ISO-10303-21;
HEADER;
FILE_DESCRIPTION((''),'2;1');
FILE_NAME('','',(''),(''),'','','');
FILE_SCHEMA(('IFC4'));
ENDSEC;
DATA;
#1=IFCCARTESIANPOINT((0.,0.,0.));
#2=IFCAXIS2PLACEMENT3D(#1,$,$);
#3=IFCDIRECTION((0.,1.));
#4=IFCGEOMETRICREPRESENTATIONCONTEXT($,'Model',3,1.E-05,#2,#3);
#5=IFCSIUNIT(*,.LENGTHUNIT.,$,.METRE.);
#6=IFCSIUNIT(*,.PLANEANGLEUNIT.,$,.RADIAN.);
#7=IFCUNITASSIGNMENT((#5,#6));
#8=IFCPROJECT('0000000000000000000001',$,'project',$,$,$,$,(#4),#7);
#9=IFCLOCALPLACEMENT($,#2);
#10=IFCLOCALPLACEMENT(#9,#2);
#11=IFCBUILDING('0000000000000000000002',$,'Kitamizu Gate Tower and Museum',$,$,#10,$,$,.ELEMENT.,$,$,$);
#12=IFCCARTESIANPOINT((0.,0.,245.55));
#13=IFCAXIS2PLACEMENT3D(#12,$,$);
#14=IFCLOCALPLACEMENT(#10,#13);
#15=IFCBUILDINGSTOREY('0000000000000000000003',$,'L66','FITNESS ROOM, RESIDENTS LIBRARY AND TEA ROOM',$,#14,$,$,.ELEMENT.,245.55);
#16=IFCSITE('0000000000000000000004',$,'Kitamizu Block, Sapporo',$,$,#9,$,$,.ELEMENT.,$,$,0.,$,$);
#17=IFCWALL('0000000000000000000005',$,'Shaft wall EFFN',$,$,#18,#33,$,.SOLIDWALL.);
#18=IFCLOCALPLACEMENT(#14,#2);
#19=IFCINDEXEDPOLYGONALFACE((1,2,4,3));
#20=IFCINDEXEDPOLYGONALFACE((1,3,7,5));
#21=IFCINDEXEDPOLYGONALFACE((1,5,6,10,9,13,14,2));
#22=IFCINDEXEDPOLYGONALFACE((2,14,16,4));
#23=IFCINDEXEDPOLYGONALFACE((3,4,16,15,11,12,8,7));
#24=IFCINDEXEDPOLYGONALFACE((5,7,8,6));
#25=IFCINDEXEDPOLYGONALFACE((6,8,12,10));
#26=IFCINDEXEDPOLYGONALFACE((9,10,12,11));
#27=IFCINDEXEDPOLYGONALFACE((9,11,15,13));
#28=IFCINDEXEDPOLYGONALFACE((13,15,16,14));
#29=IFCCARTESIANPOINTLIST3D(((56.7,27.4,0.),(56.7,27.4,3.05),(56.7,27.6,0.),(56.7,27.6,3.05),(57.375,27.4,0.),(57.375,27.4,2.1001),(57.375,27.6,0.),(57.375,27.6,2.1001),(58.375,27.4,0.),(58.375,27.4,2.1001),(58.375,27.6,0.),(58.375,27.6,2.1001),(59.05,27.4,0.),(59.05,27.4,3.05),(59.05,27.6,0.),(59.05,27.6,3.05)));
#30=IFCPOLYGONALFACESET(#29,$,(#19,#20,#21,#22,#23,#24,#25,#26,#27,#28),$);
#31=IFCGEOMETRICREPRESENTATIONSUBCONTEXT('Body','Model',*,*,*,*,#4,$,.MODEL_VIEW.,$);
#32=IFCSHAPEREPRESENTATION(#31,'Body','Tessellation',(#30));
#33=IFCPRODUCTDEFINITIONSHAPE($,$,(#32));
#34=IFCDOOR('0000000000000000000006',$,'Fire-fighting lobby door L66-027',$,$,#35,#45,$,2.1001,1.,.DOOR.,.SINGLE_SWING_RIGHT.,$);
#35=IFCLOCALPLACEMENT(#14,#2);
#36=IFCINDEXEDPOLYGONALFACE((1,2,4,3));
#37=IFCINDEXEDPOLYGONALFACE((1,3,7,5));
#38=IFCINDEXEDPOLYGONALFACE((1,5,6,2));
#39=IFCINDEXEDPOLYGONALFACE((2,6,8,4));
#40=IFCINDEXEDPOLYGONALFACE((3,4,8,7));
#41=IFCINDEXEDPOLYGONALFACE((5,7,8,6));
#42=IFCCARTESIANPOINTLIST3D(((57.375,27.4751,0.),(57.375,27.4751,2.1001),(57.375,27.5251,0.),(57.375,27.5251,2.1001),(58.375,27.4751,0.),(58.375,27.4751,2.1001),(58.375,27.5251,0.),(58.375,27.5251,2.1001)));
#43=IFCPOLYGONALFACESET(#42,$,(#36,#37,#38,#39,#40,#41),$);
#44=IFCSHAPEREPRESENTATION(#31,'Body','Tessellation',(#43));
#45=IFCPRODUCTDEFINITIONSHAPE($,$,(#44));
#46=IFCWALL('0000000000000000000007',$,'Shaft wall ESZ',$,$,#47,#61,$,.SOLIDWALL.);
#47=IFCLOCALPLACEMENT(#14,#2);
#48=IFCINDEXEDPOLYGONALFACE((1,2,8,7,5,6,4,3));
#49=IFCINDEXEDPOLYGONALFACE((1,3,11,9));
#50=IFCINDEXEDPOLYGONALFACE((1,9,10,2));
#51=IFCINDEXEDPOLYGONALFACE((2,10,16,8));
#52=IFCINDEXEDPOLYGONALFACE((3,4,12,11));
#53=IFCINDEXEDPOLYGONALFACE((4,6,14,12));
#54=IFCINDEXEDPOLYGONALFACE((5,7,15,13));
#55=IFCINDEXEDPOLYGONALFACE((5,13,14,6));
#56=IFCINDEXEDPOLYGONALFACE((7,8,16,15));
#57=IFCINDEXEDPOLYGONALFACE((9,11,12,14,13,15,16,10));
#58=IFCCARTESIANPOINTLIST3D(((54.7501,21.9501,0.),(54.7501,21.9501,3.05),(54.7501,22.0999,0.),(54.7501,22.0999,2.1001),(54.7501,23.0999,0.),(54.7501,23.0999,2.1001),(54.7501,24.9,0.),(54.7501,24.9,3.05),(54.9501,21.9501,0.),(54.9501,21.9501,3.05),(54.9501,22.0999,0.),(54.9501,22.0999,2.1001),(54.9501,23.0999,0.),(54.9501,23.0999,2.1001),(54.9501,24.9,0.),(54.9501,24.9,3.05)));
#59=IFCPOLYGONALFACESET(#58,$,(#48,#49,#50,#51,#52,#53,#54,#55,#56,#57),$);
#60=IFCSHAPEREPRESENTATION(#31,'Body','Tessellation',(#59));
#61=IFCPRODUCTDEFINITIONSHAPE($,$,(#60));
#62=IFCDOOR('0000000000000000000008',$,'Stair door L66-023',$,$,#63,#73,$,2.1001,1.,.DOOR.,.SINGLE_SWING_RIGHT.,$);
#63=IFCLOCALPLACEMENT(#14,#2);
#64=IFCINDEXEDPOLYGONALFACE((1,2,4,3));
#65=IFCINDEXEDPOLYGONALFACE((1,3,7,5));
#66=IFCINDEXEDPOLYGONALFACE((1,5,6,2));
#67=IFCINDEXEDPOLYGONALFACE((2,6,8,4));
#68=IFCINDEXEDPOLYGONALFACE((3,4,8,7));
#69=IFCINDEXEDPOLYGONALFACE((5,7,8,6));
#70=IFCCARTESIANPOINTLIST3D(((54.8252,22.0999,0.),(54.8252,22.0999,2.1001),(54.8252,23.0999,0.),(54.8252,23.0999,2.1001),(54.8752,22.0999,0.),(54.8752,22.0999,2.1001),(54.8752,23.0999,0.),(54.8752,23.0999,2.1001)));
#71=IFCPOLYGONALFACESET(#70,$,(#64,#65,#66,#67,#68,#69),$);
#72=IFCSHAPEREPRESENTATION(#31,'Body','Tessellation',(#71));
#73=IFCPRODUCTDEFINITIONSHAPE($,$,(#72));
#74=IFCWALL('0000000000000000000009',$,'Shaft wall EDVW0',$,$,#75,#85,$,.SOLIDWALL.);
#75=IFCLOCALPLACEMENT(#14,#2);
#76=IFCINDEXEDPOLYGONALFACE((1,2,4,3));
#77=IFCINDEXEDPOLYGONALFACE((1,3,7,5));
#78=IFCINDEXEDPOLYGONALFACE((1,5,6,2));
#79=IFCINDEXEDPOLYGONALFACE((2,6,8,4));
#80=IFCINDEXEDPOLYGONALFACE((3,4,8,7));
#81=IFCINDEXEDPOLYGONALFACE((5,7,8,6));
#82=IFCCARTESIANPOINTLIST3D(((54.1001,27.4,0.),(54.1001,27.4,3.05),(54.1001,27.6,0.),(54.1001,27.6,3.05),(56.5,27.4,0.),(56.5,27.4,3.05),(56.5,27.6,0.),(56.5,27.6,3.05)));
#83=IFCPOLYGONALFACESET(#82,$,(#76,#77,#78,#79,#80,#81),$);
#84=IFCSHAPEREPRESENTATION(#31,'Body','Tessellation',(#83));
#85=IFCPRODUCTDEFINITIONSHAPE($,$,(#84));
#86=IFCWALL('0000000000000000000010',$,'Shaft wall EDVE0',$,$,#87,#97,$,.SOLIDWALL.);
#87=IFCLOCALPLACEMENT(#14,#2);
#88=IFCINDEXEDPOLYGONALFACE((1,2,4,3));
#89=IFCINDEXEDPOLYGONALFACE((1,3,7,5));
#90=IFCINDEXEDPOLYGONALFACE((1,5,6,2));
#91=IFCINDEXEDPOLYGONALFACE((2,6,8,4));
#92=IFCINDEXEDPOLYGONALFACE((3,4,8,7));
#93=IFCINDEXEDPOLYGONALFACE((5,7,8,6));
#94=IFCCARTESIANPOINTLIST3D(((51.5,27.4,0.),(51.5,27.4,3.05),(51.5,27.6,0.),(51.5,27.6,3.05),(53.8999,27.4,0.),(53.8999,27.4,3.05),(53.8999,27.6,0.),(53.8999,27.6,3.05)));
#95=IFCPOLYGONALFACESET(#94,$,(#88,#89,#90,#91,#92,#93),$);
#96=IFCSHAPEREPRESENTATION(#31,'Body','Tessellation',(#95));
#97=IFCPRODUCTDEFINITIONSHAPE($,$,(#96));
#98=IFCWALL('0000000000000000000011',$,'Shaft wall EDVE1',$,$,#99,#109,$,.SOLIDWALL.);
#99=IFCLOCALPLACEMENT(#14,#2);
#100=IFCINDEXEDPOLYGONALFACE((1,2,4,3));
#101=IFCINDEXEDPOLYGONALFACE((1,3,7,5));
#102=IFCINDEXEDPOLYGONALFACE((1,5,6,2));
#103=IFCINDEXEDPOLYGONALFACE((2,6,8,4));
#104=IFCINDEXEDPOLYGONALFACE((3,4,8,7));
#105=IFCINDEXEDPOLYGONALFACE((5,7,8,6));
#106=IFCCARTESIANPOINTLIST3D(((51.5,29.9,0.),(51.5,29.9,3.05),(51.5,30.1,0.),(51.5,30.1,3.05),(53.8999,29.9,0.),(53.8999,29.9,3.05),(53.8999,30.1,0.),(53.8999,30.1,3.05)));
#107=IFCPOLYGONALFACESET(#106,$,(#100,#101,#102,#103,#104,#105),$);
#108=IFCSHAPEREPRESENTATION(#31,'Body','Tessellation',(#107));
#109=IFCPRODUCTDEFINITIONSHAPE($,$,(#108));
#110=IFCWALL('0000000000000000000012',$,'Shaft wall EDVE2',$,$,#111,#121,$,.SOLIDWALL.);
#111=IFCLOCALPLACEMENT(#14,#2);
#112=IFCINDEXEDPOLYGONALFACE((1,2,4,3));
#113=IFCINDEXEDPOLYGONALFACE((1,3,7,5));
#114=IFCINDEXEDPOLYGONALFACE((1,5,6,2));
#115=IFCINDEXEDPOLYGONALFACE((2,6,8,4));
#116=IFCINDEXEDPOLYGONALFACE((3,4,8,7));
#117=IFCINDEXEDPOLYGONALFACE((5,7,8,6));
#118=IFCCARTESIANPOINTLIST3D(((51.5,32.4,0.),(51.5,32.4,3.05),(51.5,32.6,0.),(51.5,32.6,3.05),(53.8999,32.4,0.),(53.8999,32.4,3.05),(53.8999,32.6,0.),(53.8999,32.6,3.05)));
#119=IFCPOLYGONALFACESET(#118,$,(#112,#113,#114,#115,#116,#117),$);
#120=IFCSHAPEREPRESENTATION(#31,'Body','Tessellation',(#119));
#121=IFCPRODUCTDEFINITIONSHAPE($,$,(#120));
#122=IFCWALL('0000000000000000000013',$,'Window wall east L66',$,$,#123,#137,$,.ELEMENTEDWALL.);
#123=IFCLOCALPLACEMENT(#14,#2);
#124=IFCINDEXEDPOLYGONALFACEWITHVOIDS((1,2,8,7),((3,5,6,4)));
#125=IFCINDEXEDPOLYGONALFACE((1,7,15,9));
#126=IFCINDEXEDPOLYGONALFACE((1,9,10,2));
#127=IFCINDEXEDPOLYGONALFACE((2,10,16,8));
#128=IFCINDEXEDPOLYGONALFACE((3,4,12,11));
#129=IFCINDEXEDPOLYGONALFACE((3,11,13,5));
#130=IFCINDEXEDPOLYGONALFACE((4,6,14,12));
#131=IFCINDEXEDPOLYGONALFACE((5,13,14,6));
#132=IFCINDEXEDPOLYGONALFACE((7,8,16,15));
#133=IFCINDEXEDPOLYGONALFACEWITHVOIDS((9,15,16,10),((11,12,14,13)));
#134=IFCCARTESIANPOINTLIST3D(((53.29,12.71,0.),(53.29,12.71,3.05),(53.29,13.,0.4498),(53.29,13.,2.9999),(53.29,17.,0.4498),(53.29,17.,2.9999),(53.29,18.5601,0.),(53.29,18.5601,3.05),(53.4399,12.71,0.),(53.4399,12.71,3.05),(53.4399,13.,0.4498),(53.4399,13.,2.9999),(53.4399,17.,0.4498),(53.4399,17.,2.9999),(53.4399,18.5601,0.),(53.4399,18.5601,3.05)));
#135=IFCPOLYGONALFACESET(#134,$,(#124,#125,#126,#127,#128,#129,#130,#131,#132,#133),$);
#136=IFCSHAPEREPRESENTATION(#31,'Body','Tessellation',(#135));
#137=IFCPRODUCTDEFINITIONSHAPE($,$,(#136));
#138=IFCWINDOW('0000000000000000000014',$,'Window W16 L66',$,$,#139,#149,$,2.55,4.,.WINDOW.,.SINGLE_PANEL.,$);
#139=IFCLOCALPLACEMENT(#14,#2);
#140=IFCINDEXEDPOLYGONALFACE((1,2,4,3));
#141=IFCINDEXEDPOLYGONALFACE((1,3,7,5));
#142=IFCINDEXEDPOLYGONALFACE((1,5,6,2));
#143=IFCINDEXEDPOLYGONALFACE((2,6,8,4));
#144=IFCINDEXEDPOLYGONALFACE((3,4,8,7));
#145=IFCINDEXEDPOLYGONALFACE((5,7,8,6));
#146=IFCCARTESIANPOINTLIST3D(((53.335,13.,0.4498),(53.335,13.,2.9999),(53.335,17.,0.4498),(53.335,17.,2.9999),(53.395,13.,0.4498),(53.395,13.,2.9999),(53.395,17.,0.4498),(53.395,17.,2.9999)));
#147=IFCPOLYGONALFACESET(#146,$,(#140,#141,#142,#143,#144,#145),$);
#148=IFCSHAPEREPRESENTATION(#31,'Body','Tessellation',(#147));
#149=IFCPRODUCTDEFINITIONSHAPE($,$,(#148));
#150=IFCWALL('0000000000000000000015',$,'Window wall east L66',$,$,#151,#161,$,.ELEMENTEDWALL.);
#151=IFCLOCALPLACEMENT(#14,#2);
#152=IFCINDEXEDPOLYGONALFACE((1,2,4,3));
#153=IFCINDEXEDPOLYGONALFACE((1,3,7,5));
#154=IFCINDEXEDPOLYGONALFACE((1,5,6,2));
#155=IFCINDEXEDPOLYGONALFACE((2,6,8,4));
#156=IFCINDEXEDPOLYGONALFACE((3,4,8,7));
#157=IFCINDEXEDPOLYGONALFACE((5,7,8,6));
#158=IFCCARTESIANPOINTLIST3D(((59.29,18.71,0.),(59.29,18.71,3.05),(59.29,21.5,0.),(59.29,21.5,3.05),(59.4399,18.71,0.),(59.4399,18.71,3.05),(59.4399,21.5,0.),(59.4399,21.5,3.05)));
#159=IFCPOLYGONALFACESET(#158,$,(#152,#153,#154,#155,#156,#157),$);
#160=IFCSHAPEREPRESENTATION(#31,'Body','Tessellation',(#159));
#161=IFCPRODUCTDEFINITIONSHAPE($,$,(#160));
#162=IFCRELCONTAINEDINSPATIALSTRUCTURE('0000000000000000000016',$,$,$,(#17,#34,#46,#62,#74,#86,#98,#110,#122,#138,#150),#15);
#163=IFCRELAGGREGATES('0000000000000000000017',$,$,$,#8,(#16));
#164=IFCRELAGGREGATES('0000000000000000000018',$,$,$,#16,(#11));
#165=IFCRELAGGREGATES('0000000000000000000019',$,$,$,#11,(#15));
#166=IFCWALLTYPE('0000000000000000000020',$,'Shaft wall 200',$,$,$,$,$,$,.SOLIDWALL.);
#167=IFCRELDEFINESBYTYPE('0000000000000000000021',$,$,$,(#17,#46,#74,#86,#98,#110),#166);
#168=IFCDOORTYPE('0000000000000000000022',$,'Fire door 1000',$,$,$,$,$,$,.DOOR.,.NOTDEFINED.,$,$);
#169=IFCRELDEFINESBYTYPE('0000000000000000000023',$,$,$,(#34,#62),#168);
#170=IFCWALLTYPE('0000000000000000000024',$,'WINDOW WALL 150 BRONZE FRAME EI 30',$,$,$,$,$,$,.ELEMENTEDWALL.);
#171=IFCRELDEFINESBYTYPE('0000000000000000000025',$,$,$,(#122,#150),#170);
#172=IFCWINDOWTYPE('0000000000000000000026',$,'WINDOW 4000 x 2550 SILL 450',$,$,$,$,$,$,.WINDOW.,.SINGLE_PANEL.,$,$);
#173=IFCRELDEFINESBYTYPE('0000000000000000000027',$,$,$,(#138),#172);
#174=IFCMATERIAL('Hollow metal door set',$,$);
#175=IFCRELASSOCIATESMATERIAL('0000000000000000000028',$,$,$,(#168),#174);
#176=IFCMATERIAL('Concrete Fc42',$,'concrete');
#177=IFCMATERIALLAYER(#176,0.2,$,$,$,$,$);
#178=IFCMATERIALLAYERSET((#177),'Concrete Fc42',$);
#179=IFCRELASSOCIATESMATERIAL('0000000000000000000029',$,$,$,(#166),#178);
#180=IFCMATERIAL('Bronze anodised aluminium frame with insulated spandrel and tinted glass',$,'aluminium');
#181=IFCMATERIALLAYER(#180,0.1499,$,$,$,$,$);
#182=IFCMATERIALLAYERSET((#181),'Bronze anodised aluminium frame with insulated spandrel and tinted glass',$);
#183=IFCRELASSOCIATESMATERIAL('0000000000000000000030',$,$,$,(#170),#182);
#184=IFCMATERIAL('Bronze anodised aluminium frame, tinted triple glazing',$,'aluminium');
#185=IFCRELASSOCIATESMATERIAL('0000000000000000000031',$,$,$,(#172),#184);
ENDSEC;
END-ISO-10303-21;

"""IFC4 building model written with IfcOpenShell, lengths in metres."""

from ifc_helpers import new_model, si_unit, direction, frame, frame_2d, origin, place, context, subcontext, project, spatial, rectangle, extrude, material, layer, layer_set, type_object, element, fill, save


model = new_model("IFC4")

# Units and contexts
model_context = context("Model", 3, precision=1e-05, world=origin(), true_north=direction((0.0, 1.0)))
body_context = subcontext(model_context, "Body", "Model", "MODEL_VIEW")
ifc_project = project(units=[si_unit("LENGTHUNIT", "METRE"), si_unit("PLANEANGLEUNIT", "RADIAN")], contexts=[model_context])

# Site, building, storey
site_placement = place(None, origin())
site = spatial("IfcSite", under=ifc_project, at=site_placement, Name="Kitamizu Block, Sapporo", CompositionType="ELEMENT", RefElevation=0.0)
building_placement = place(site_placement, origin())
building = spatial("IfcBuilding", under=site, at=building_placement, Name="Kitamizu Gate Tower and Museum", CompositionType="ELEMENT")
storey_placement = place(building_placement, frame((0.0, 0.0, 245.55)))
storey = spatial("IfcBuildingStorey", under=building, at=storey_placement, Name="L66", Description="FITNESS ROOM, RESIDENTS LIBRARY AND TEA ROOM", CompositionType="ELEMENT", Elevation=245.55)

# Shared definitions
ifc_material_1 = material(Name="Hollow metal door set")
door_type_1 = type_object("IfcDoorType", Name="Fire door 1000", OperationType="NOTDEFINED", PredefinedType="DOOR", material=ifc_material_1)

# Shared definitions
ifc_material_2 = material(Name="Concrete Fc42", Category="concrete")
ifc_layer_1 = layer(ifc_material_2, 0.2)
ifc_layer_set_1 = layer_set([ifc_layer_1], Name="Concrete Fc42")
wall_type_1 = type_object("IfcWallType", Name="Shaft wall 200", PredefinedType="SOLIDWALL", material=ifc_layer_set_1)

# Walls, openings, doors
wall_1_placement = place(storey_placement, frame((59.05, 27.5, 0.0), z_axis=(0.0, 0.0, 1.0), x_axis=(-1.0, 0.0, 0.0)))
wall_1 = element("IfcWall", 1, at=wall_1_placement, inside=storey, type_object=wall_type_1, Name="Shaft wall EFFN", PredefinedType="SOLIDWALL", context=body_context, shape_type="SweptSolid", body=[
    extrude(rectangle(XDim=2.3501, YDim=0.2, at=frame_2d((1.175, 0.0))), origin(), (0.0, 0.0, 1.0), 3.05),
])
opening_1_placement = place(wall_1_placement, frame((0.675, 0.0, 0.0)))
opening_1 = element("IfcOpeningElement", 2, at=opening_1_placement, cuts=wall_1, PredefinedType="OPENING", context=body_context, shape_type="SweptSolid", body=[
    extrude(rectangle(XDim=1.0, YDim=2.1001, at=frame_2d((0.5, 1.05))), frame((0.0, 0.1099, 0.0), z_axis=(0.0, -1.0, 0.0), x_axis=(1.0, 0.0, 0.0)), (0.0, 0.0, 1.0), 0.22),
])
door_1_placement = place(opening_1_placement, origin())
door_1 = element("IfcDoor", 3, at=door_1_placement, inside=storey, type_object=door_type_1, Name="Fire-fighting lobby door L66-027", OperationType="SINGLE_SWING_RIGHT", OverallHeight=2.1001, OverallWidth=1.0, PredefinedType="DOOR", context=body_context, shape_type="SweptSolid", body=[
    extrude(rectangle(XDim=1.0, YDim=2.1001, at=frame_2d((0.5, 1.05))), frame((0.0, 0.0249, 0.0), z_axis=(0.0, -1.0, 0.0), x_axis=(1.0, 0.0, 0.0)), (0.0, 0.0, 1.0), 0.05),
])
fill(opening_1, door_1)
wall_2_placement = place(storey_placement, frame((54.8501, 21.95, 0.0), z_axis=(0.0, 0.0, 1.0), x_axis=(0.0, 1.0, 0.0)))
wall_2 = element("IfcWall", 4, at=wall_2_placement, inside=storey, type_object=wall_type_1, Name="Shaft wall ESZ", PredefinedType="SOLIDWALL", context=body_context, shape_type="SweptSolid", body=[
    extrude(rectangle(XDim=2.95, YDim=0.2, at=frame_2d((1.4751, 0.0))), origin(), (0.0, 0.0, 1.0), 3.05),
])
opening_2_placement = place(wall_2_placement, frame((0.1499, 0.0, 0.0)))
opening_2 = element("IfcOpeningElement", 5, at=opening_2_placement, cuts=wall_2, PredefinedType="OPENING", context=body_context, shape_type="SweptSolid", body=[
    extrude(rectangle(XDim=1.0, YDim=2.1001, at=frame_2d((0.5, 1.05))), frame((0.0, 0.1099, 0.0), z_axis=(0.0, -1.0, 0.0), x_axis=(1.0, 0.0, 0.0)), (0.0, 0.0, 1.0), 0.22),
])
door_2_placement = place(opening_2_placement, origin())
door_2 = element("IfcDoor", 6, at=door_2_placement, inside=storey, type_object=door_type_1, Name="Stair door L66-023", OperationType="SINGLE_SWING_RIGHT", OverallHeight=2.1001, OverallWidth=1.0, PredefinedType="DOOR", context=body_context, shape_type="SweptSolid", body=[
    extrude(rectangle(XDim=1.0, YDim=2.1001, at=frame_2d((0.5, 1.05))), frame((0.0, 0.0249, 0.0), z_axis=(0.0, -1.0, 0.0), x_axis=(1.0, 0.0, 0.0)), (0.0, 0.0, 1.0), 0.05),
])
fill(opening_2, door_2)

# Walls
for number, where, z_axis, x_axis, name in (
    (7, (56.5, 27.5, 0.0), (0.0, 0.0, 1.0), (-1.0, 0.0, 0.0), "Shaft wall EDVW0"),
    (8, (53.8999, 27.5, 0.0), (0.0, 0.0, 1.0), (-1.0, 0.0, 0.0), "Shaft wall EDVE0"),
    (9, (53.8999, 30.0, 0.0), (0.0, 0.0, 1.0), (-1.0, 0.0, 0.0), "Shaft wall EDVE1"),
    (10, (53.8999, 32.5, 0.0), (0.0, 0.0, 1.0), (-1.0, 0.0, 0.0), "Shaft wall EDVE2"),
):
    element("IfcWall", number, at=place(storey_placement, frame(where, z_axis=z_axis, x_axis=x_axis)), inside=storey, type_object=wall_type_1, Name=name, PredefinedType="SOLIDWALL", context=body_context, shape_type="SweptSolid", body=[
        extrude(rectangle(XDim=2.3999, YDim=0.2, at=frame_2d((1.2, 0.0))), origin(), (0.0, 0.0, 1.0), 3.05),
    ])

# Wall, opening, window
ifc_material_3 = material(Name="Bronze anodised aluminium frame with insulated spandrel and tinted glass", Category="aluminium")
ifc_layer_2 = layer(ifc_material_3, 0.1499)
ifc_layer_set_2 = layer_set([ifc_layer_2], Name="Bronze anodised aluminium frame with insulated spandrel and tinted glass")
wall_type_2 = type_object("IfcWallType", Name="WINDOW WALL 150 BRONZE FRAME EI 30", PredefinedType="ELEMENTEDWALL", material=ifc_layer_set_2)
wall_3_placement = place(storey_placement, frame((53.365, 12.71, 0.0), z_axis=(0.0, 0.0, 1.0), x_axis=(0.0, 1.0, 0.0)))
wall_3 = element("IfcWall", 11, at=wall_3_placement, inside=storey, type_object=wall_type_2, Name="Window wall east L66", PredefinedType="ELEMENTEDWALL", context=body_context, shape_type="SweptSolid", body=[
    extrude(rectangle(XDim=5.8501, YDim=0.1499, at=frame_2d((2.925, 0.0))), origin(), (0.0, 0.0, 1.0), 3.05),
])
opening_3_placement = place(wall_3_placement, frame((0.29, 0.0, 0.45)))
opening_3 = element("IfcOpeningElement", 12, at=opening_3_placement, cuts=wall_3, PredefinedType="OPENING", context=body_context, shape_type="SweptSolid", body=[
    extrude(rectangle(XDim=4.0, YDim=2.55, at=frame_2d((2.0, 1.2749))), frame((0.0, 0.085, 0.0), z_axis=(0.0, -1.0, 0.0), x_axis=(1.0, 0.0, 0.0)), (0.0, 0.0, 1.0), 0.1699),
])
ifc_material_4 = material(Name="Bronze anodised aluminium frame, tinted triple glazing", Category="aluminium")
window_type = type_object("IfcWindowType", Name="WINDOW 4000 x 2550 SILL 450", PartitioningType="SINGLE_PANEL", PredefinedType="WINDOW", material=ifc_material_4)
window_placement = place(opening_3_placement, origin())
window = element("IfcWindow", 13, at=window_placement, inside=storey, type_object=window_type, Name="Window W16 L66", OverallHeight=2.55, OverallWidth=4.0, PartitioningType="SINGLE_PANEL", PredefinedType="WINDOW", context=body_context, shape_type="SweptSolid", body=[
    extrude(rectangle(XDim=4.0, YDim=2.55, at=frame_2d((2.0, 1.2749))), frame((0.0, 0.03, 0.0), z_axis=(0.0, -1.0, 0.0), x_axis=(1.0, 0.0, 0.0)), (0.0, 0.0, 1.0), 0.0601),
])
fill(opening_3, window)

# Wall
wall_4_placement = place(storey_placement, frame((59.365, 18.71, 0.0), z_axis=(0.0, 0.0, 1.0), x_axis=(0.0, 1.0, 0.0)))
element("IfcWall", 14, at=wall_4_placement, inside=storey, type_object=wall_type_2, Name="Window wall east L66", PredefinedType="ELEMENTEDWALL", context=body_context, shape_type="SweptSolid", body=[
    extrude(rectangle(XDim=2.79, YDim=0.1499, at=frame_2d((1.395, 0.0))), origin(), (0.0, 0.0, 1.0), 3.05),
])

save(model, "model.ifc")
